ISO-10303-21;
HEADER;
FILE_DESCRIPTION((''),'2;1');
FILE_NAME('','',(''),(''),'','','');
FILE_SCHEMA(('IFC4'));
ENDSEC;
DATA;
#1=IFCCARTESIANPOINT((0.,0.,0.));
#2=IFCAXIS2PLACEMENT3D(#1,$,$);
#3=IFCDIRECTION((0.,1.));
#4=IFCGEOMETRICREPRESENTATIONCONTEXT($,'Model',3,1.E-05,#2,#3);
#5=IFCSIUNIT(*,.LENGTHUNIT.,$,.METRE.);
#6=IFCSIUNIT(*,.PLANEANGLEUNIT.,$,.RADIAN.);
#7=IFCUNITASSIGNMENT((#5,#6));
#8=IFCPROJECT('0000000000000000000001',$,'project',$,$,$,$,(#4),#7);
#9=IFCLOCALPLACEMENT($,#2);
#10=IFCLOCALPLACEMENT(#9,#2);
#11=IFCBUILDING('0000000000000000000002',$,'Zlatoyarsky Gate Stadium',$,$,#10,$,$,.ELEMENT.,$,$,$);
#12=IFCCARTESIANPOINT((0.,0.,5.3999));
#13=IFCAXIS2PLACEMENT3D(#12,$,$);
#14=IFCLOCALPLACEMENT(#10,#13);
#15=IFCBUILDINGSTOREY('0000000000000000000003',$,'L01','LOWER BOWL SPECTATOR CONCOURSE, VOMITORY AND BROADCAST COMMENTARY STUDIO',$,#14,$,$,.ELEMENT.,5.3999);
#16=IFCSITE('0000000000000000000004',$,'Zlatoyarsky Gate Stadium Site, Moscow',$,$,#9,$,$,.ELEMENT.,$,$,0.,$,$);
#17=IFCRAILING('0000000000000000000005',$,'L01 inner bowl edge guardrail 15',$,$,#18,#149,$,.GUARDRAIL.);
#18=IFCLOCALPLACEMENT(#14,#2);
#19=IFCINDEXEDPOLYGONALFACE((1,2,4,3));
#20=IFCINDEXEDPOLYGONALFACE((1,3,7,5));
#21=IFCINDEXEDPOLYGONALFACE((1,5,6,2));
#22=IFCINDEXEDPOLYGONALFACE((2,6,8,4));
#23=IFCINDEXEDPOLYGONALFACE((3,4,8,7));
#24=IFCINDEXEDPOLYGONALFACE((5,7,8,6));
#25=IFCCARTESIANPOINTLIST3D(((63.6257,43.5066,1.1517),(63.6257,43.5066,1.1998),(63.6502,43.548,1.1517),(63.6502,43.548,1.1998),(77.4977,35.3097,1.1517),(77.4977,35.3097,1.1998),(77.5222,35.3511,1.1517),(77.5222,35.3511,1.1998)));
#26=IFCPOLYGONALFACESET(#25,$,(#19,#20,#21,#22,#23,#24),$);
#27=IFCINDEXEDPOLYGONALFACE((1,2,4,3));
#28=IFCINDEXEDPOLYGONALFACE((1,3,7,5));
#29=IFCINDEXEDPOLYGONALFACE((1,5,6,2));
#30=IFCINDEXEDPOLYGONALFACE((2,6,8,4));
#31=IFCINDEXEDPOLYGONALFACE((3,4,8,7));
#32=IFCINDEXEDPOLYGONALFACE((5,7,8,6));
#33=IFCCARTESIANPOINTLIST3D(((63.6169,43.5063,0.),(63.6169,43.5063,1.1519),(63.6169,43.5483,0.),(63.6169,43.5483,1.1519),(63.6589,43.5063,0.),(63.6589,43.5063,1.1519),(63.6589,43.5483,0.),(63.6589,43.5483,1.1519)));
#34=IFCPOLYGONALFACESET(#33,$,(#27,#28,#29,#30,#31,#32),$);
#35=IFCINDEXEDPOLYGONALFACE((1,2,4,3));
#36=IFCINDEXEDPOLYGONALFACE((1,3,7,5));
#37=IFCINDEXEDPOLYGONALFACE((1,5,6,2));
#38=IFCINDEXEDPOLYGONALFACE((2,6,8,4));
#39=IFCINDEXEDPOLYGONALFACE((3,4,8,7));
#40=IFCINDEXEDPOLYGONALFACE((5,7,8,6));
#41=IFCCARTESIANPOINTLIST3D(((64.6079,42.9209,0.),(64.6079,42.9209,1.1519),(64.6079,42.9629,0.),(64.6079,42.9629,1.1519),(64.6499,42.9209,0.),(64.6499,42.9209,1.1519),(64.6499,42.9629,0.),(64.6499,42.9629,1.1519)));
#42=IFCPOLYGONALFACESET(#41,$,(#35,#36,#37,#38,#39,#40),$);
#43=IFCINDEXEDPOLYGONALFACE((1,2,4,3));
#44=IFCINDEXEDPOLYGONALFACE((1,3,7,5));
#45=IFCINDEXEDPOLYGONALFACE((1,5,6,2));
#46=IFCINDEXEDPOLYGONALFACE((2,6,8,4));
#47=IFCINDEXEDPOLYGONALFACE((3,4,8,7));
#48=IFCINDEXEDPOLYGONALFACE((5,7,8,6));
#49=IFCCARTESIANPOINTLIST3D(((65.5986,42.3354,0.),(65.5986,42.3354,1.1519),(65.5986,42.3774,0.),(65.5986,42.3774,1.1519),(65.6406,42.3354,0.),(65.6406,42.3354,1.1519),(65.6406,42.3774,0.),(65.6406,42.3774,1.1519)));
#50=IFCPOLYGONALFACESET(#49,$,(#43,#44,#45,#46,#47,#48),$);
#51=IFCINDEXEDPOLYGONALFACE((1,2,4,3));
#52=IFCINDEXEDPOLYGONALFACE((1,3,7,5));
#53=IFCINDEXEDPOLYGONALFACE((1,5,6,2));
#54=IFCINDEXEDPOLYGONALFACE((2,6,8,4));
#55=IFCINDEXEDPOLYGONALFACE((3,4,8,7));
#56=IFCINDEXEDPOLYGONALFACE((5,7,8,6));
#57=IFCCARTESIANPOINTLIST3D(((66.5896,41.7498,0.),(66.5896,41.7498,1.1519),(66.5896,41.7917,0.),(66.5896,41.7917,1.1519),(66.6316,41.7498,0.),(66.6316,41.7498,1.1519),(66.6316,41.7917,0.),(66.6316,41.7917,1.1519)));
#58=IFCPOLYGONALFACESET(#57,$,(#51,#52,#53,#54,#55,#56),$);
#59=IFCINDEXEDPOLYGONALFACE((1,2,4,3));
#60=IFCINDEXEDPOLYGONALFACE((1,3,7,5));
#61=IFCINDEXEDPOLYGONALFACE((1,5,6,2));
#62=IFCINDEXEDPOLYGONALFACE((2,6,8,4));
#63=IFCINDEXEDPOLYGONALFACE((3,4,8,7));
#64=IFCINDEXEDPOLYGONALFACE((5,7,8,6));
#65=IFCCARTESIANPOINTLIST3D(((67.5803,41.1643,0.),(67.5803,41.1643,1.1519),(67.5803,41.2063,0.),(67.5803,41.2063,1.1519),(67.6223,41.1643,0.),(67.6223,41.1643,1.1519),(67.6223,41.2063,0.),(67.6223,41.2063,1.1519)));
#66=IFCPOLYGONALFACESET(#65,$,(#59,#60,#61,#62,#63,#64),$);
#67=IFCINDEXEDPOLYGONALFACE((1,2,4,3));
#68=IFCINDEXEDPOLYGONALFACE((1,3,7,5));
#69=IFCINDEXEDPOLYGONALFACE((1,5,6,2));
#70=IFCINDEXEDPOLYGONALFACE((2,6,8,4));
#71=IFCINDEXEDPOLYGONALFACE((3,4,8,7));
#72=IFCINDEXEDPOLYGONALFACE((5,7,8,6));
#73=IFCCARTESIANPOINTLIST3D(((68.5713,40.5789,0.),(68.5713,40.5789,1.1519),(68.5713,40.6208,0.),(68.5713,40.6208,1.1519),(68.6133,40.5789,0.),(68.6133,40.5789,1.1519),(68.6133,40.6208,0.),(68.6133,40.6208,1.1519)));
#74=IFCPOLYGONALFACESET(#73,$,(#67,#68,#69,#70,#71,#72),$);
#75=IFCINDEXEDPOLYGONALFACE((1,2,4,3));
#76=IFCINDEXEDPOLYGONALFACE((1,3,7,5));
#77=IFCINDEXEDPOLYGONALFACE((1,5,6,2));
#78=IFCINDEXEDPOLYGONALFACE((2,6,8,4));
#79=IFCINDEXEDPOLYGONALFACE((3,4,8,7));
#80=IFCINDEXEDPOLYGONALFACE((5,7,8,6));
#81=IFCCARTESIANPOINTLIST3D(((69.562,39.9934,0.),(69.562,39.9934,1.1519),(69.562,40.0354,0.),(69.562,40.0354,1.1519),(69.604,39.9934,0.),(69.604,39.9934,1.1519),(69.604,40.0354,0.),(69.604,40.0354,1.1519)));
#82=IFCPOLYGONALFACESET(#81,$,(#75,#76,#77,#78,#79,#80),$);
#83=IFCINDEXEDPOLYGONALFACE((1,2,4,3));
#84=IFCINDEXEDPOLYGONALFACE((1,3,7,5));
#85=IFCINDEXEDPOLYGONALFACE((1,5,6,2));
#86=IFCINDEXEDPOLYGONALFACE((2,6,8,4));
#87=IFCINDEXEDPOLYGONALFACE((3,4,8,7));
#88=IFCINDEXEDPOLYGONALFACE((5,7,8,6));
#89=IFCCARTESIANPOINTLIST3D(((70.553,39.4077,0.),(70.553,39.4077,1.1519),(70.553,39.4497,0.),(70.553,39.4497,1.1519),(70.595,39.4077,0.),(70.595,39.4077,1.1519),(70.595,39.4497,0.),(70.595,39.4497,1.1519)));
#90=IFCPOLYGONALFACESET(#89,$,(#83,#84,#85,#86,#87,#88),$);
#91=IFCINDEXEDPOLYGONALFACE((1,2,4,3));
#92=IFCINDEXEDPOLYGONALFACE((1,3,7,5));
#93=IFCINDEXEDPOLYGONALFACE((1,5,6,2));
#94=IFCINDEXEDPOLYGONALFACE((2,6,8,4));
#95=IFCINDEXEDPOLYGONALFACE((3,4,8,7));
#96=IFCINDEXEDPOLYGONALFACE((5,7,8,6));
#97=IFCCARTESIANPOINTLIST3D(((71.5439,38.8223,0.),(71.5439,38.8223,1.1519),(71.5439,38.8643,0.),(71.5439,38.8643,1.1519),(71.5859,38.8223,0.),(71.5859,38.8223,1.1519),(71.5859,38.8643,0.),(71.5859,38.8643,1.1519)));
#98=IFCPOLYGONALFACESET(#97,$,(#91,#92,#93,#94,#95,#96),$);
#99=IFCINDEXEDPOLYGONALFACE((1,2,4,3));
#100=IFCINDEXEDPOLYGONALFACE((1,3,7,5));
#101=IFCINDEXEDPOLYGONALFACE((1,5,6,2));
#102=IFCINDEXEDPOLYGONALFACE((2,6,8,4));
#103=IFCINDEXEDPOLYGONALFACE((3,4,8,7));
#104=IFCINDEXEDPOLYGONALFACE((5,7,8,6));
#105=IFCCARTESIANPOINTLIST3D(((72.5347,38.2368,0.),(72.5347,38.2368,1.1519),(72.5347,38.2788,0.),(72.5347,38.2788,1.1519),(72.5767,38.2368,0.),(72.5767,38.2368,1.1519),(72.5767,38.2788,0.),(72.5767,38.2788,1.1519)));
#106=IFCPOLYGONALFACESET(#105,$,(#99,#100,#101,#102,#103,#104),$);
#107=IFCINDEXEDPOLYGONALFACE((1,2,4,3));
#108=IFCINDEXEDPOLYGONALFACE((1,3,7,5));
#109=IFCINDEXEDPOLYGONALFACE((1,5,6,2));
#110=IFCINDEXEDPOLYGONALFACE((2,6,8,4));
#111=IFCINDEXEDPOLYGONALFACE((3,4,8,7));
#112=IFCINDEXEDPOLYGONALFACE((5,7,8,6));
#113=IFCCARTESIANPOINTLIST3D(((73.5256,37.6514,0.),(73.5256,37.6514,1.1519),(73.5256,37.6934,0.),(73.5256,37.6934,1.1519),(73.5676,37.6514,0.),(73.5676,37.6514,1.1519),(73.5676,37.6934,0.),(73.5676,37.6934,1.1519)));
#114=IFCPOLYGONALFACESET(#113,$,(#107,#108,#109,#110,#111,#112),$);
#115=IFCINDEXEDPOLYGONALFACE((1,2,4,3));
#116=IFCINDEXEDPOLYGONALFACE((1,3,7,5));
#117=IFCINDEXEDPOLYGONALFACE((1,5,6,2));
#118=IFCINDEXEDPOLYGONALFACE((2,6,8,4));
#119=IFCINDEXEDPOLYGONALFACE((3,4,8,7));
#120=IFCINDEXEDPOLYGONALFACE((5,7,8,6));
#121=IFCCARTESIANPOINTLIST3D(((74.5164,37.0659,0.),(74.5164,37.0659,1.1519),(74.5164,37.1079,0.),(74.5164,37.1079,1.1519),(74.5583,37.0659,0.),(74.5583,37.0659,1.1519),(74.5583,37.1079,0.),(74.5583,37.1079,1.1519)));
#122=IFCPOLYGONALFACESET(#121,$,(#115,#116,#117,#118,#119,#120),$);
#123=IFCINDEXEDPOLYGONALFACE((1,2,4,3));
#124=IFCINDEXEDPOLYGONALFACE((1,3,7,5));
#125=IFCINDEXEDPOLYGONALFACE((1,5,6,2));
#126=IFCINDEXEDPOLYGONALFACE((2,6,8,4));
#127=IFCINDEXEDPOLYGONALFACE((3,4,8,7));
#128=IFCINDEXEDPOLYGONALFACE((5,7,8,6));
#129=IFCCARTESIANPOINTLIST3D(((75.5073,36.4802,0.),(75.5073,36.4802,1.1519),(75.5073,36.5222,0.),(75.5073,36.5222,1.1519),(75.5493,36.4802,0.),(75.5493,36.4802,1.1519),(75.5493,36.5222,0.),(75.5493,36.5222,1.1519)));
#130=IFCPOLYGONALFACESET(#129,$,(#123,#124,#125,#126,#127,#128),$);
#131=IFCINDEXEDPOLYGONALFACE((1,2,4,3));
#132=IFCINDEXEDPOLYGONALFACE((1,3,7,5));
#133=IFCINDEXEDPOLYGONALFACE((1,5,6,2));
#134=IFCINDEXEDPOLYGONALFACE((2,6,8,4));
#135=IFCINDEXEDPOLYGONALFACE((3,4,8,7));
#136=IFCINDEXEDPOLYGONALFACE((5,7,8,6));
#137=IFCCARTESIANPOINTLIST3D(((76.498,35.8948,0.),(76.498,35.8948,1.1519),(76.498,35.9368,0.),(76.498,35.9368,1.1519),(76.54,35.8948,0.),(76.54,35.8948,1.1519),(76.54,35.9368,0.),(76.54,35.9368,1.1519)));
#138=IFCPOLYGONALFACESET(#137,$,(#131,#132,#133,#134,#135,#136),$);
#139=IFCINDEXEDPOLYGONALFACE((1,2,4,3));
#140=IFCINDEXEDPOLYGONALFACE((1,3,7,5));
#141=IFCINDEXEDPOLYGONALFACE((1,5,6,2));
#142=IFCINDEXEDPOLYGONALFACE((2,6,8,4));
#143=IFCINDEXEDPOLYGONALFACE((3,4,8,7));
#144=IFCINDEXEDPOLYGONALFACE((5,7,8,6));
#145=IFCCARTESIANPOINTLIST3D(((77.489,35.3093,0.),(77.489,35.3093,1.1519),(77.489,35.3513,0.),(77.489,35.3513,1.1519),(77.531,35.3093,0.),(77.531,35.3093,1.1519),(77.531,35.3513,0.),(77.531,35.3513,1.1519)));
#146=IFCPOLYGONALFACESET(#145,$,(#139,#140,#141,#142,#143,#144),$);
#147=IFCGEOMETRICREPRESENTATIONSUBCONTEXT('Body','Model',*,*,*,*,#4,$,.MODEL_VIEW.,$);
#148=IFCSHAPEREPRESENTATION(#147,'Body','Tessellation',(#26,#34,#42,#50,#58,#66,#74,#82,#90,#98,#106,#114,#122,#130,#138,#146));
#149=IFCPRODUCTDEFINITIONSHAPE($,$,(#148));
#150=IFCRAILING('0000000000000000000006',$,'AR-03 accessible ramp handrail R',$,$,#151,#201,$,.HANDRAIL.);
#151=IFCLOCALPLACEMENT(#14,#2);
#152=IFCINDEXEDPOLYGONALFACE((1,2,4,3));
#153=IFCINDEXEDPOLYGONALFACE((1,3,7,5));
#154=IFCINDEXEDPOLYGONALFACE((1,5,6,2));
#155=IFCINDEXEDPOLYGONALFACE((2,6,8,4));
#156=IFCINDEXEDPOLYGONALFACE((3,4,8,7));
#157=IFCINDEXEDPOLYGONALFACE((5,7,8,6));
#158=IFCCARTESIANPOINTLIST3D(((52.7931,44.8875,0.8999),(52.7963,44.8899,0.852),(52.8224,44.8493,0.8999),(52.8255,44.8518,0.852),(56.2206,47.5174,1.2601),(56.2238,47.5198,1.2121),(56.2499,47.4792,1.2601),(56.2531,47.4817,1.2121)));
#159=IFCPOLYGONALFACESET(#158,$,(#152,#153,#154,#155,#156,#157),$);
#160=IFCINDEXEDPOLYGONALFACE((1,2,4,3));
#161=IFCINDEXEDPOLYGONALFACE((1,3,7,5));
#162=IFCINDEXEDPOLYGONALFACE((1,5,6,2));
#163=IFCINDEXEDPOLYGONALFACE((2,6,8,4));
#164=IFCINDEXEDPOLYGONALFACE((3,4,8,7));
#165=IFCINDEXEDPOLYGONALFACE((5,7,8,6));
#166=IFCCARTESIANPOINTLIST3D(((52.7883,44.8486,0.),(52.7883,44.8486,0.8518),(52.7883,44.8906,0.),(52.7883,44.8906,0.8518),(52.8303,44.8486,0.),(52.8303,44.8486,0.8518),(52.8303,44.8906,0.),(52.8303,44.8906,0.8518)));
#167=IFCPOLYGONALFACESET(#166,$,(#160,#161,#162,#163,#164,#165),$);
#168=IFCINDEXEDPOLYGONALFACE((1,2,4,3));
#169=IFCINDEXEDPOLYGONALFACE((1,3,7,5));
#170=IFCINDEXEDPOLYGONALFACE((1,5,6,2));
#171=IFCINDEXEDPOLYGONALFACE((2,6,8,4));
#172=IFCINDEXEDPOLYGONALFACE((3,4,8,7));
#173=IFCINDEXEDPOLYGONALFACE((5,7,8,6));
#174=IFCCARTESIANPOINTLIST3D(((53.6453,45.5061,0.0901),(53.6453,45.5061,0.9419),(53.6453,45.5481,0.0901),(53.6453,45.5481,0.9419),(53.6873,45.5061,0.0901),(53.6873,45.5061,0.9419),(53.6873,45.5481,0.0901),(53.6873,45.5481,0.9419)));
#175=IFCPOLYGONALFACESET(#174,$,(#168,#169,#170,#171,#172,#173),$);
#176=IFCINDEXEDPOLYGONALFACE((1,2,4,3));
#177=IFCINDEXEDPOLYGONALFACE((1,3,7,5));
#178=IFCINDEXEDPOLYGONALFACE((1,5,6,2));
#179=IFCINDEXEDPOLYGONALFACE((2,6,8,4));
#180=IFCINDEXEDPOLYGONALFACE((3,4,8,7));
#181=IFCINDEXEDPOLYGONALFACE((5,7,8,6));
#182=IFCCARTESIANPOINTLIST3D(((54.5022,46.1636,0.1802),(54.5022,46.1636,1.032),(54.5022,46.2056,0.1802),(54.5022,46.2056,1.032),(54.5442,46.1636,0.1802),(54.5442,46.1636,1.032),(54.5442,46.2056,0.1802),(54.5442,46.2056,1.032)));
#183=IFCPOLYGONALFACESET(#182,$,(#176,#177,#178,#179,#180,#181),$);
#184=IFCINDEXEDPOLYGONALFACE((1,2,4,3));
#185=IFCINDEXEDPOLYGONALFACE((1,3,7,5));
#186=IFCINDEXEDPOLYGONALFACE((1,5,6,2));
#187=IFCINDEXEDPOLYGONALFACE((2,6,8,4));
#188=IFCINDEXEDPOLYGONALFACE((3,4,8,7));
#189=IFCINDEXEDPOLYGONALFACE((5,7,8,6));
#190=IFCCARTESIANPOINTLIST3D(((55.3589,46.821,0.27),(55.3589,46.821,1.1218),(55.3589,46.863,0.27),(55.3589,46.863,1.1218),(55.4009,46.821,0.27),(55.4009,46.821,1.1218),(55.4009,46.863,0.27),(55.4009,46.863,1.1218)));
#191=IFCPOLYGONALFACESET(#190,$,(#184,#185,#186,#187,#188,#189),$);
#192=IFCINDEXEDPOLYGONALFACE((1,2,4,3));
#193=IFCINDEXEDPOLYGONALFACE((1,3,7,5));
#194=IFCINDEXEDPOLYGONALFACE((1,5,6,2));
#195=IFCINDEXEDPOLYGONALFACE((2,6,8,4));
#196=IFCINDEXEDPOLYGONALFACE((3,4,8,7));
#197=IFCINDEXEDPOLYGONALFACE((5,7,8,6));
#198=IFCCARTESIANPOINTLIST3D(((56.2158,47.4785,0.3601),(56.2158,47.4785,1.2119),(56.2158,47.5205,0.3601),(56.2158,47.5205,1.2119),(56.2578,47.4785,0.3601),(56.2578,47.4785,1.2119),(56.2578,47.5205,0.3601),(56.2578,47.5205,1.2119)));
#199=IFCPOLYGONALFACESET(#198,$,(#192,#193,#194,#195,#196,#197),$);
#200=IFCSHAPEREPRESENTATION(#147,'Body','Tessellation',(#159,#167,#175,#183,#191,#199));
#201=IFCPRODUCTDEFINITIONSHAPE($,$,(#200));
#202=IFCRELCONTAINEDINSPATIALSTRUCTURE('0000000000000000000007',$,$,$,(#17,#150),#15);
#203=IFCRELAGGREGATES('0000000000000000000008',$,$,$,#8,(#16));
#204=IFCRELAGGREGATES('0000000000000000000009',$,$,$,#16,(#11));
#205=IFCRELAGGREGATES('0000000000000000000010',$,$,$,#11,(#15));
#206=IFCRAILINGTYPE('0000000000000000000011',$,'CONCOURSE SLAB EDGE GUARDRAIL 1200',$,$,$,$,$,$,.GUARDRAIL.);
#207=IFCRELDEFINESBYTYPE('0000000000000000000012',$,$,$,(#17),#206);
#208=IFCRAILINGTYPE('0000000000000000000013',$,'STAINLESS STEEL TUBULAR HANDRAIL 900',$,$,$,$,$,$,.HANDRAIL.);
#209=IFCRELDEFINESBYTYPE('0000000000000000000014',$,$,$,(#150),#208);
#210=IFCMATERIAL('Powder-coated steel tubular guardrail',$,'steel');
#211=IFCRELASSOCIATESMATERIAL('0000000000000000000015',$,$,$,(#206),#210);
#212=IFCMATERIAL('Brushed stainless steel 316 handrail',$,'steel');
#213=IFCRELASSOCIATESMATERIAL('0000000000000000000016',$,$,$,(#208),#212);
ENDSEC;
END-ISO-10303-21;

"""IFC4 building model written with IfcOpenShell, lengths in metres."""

from ifc_helpers import new_model, si_unit, direction, frame, origin, origin_2d, place, context, subcontext, project, spatial, rectangle, extrude, material, type_object, element, save


model = new_model("IFC4")

# Units and contexts
model_context = context("Model", 3, precision=1e-05, world=origin(), true_north=direction((0.0, 1.0)))
body_context = subcontext(model_context, "Body", "Model", "MODEL_VIEW")
ifc_project = project(units=[si_unit("LENGTHUNIT", "METRE"), si_unit("PLANEANGLEUNIT", "RADIAN")], contexts=[model_context])

# Site, building, storey
site_placement = place(None, origin())
site = spatial("IfcSite", under=ifc_project, at=site_placement, Name="Zlatoyarsky Gate Stadium Site, Moscow", CompositionType="ELEMENT", RefElevation=0.0)
building_placement = place(site_placement, origin())
building = spatial("IfcBuilding", under=site, at=building_placement, Name="Zlatoyarsky Gate Stadium", CompositionType="ELEMENT")
storey_placement = place(building_placement, frame((0.0, 0.0, 5.3999)))
storey = spatial("IfcBuildingStorey", under=building, at=storey_placement, Name="L01", Description="LOWER BOWL SPECTATOR CONCOURSE, VOMITORY AND BROADCAST COMMENTARY STUDIO", CompositionType="ELEMENT", Elevation=5.3999)

# Railings
ifc_material_1 = material(Name="Powder-coated steel tubular guardrail", Category="steel")
railing_type_1 = type_object("IfcRailingType", Name="CONCOURSE SLAB EDGE GUARDRAIL 1200", PredefinedType="GUARDRAIL", material=ifc_material_1)
railing_1_placement = place(storey_placement, frame((63.6379, 43.5273, 0.0)))
element("IfcRailing", 1, at=railing_1_placement, inside=storey, type_object=railing_type_1, Name="L01 inner bowl edge guardrail 15", PredefinedType="GUARDRAIL", context=body_context, shape_type="SweptSolid", body=[
    extrude(rectangle(XDim=0.0481, YDim=0.0481, at=origin_2d()), frame((0.0, 0.0, 1.1758), z_axis=(0.86093, -0.508724, 0.0), x_axis=(0.508724, 0.86093, 0.0)), (0.0, 0.0, 1.0), 16.1128),
    extrude(rectangle(XDim=0.042, YDim=0.042, at=origin_2d()), origin(), (0.0, 0.0, 1.0), 1.1519),
    extrude(rectangle(XDim=0.042, YDim=0.042, at=origin_2d()), frame((0.991, -0.5854, 0.0)), (0.0, 0.0, 1.0), 1.1519),
    extrude(rectangle(XDim=0.042, YDim=0.042, at=origin_2d()), frame((1.9817, -1.1709, 0.0)), (0.0, 0.0, 1.0), 1.1519),
    extrude(rectangle(XDim=0.042, YDim=0.042, at=origin_2d()), frame((2.9727, -1.7566, 0.0)), (0.0, 0.0, 1.0), 1.1519),
    extrude(rectangle(XDim=0.042, YDim=0.042, at=origin_2d()), frame((3.9634, -2.342, 0.0)), (0.0, 0.0, 1.0), 1.1519),
    extrude(rectangle(XDim=0.042, YDim=0.042, at=origin_2d()), frame((4.9543, -2.9275, 0.0)), (0.0, 0.0, 1.0), 1.1519),
    extrude(rectangle(XDim=0.042, YDim=0.042, at=origin_2d()), frame((5.9451, -3.5129, 0.0)), (0.0, 0.0, 1.0), 1.1519),
    extrude(rectangle(XDim=0.042, YDim=0.042, at=origin_2d()), frame((6.936, -4.0986, 0.0)), (0.0, 0.0, 1.0), 1.1519),
    extrude(rectangle(XDim=0.042, YDim=0.042, at=origin_2d()), frame((7.927, -4.6841, 0.0)), (0.0, 0.0, 1.0), 1.1519),
    extrude(rectangle(XDim=0.042, YDim=0.042, at=origin_2d()), frame((8.9177, -5.2695, 0.0)), (0.0, 0.0, 1.0), 1.1519),
    extrude(rectangle(XDim=0.042, YDim=0.042, at=origin_2d()), frame((9.9087, -5.855, 0.0)), (0.0, 0.0, 1.0), 1.1519),
    extrude(rectangle(XDim=0.042, YDim=0.042, at=origin_2d()), frame((10.8994, -6.4404, 0.0)), (0.0, 0.0, 1.0), 1.1519),
    extrude(rectangle(XDim=0.042, YDim=0.042, at=origin_2d()), frame((11.8904, -7.0261, 0.0)), (0.0, 0.0, 1.0), 1.1519),
    extrude(rectangle(XDim=0.042, YDim=0.042, at=origin_2d()), frame((12.8811, -7.6116, 0.0)), (0.0, 0.0, 1.0), 1.1519),
    extrude(rectangle(XDim=0.042, YDim=0.042, at=origin_2d()), frame((13.8721, -8.197, 0.0)), (0.0, 0.0, 1.0), 1.1519),
])
ifc_material_2 = material(Name="Brushed stainless steel 316 handrail", Category="steel")
railing_type_2 = type_object("IfcRailingType", Name="STAINLESS STEEL TUBULAR HANDRAIL 900", PredefinedType="HANDRAIL", material=ifc_material_2)
railing_2_placement = place(storey_placement, frame((52.8093, 44.8696, 0.0)))
element("IfcRailing", 2, at=railing_2_placement, inside=storey, type_object=railing_type_2, Name="AR-03 accessible ramp handrail R", PredefinedType="HANDRAIL", context=body_context, shape_type="SweptSolid", body=[
    extrude(rectangle(XDim=0.0481, YDim=0.0481, at=origin_2d()), frame((0.0, 0.0, 0.876), z_axis=(0.790625, 0.60664, 0.083067), x_axis=(-0.608744, 0.793367, 0.0)), (0.0, 0.0, 1.0), 4.3352),
    extrude(rectangle(XDim=0.042, YDim=0.042, at=origin_2d()), origin(), (0.0, 0.0, 1.0), 0.8518),
    extrude(rectangle(XDim=0.042, YDim=0.042, at=origin_2d()), frame((0.8569, 0.6575, 0.0901)), (0.0, 0.0, 1.0), 0.8518),
    extrude(rectangle(XDim=0.042, YDim=0.042, at=origin_2d()), frame((1.7139, 1.3149, 0.1802)), (0.0, 0.0, 1.0), 0.8518),
    extrude(rectangle(XDim=0.042, YDim=0.042, at=origin_2d()), frame((2.5706, 1.9724, 0.27)), (0.0, 0.0, 1.0), 0.8518),
    extrude(rectangle(XDim=0.042, YDim=0.042, at=origin_2d()), frame((3.4275, 2.6299, 0.3601)), (0.0, 0.0, 1.0), 0.8518),
])

save(model, "model.ifc")
